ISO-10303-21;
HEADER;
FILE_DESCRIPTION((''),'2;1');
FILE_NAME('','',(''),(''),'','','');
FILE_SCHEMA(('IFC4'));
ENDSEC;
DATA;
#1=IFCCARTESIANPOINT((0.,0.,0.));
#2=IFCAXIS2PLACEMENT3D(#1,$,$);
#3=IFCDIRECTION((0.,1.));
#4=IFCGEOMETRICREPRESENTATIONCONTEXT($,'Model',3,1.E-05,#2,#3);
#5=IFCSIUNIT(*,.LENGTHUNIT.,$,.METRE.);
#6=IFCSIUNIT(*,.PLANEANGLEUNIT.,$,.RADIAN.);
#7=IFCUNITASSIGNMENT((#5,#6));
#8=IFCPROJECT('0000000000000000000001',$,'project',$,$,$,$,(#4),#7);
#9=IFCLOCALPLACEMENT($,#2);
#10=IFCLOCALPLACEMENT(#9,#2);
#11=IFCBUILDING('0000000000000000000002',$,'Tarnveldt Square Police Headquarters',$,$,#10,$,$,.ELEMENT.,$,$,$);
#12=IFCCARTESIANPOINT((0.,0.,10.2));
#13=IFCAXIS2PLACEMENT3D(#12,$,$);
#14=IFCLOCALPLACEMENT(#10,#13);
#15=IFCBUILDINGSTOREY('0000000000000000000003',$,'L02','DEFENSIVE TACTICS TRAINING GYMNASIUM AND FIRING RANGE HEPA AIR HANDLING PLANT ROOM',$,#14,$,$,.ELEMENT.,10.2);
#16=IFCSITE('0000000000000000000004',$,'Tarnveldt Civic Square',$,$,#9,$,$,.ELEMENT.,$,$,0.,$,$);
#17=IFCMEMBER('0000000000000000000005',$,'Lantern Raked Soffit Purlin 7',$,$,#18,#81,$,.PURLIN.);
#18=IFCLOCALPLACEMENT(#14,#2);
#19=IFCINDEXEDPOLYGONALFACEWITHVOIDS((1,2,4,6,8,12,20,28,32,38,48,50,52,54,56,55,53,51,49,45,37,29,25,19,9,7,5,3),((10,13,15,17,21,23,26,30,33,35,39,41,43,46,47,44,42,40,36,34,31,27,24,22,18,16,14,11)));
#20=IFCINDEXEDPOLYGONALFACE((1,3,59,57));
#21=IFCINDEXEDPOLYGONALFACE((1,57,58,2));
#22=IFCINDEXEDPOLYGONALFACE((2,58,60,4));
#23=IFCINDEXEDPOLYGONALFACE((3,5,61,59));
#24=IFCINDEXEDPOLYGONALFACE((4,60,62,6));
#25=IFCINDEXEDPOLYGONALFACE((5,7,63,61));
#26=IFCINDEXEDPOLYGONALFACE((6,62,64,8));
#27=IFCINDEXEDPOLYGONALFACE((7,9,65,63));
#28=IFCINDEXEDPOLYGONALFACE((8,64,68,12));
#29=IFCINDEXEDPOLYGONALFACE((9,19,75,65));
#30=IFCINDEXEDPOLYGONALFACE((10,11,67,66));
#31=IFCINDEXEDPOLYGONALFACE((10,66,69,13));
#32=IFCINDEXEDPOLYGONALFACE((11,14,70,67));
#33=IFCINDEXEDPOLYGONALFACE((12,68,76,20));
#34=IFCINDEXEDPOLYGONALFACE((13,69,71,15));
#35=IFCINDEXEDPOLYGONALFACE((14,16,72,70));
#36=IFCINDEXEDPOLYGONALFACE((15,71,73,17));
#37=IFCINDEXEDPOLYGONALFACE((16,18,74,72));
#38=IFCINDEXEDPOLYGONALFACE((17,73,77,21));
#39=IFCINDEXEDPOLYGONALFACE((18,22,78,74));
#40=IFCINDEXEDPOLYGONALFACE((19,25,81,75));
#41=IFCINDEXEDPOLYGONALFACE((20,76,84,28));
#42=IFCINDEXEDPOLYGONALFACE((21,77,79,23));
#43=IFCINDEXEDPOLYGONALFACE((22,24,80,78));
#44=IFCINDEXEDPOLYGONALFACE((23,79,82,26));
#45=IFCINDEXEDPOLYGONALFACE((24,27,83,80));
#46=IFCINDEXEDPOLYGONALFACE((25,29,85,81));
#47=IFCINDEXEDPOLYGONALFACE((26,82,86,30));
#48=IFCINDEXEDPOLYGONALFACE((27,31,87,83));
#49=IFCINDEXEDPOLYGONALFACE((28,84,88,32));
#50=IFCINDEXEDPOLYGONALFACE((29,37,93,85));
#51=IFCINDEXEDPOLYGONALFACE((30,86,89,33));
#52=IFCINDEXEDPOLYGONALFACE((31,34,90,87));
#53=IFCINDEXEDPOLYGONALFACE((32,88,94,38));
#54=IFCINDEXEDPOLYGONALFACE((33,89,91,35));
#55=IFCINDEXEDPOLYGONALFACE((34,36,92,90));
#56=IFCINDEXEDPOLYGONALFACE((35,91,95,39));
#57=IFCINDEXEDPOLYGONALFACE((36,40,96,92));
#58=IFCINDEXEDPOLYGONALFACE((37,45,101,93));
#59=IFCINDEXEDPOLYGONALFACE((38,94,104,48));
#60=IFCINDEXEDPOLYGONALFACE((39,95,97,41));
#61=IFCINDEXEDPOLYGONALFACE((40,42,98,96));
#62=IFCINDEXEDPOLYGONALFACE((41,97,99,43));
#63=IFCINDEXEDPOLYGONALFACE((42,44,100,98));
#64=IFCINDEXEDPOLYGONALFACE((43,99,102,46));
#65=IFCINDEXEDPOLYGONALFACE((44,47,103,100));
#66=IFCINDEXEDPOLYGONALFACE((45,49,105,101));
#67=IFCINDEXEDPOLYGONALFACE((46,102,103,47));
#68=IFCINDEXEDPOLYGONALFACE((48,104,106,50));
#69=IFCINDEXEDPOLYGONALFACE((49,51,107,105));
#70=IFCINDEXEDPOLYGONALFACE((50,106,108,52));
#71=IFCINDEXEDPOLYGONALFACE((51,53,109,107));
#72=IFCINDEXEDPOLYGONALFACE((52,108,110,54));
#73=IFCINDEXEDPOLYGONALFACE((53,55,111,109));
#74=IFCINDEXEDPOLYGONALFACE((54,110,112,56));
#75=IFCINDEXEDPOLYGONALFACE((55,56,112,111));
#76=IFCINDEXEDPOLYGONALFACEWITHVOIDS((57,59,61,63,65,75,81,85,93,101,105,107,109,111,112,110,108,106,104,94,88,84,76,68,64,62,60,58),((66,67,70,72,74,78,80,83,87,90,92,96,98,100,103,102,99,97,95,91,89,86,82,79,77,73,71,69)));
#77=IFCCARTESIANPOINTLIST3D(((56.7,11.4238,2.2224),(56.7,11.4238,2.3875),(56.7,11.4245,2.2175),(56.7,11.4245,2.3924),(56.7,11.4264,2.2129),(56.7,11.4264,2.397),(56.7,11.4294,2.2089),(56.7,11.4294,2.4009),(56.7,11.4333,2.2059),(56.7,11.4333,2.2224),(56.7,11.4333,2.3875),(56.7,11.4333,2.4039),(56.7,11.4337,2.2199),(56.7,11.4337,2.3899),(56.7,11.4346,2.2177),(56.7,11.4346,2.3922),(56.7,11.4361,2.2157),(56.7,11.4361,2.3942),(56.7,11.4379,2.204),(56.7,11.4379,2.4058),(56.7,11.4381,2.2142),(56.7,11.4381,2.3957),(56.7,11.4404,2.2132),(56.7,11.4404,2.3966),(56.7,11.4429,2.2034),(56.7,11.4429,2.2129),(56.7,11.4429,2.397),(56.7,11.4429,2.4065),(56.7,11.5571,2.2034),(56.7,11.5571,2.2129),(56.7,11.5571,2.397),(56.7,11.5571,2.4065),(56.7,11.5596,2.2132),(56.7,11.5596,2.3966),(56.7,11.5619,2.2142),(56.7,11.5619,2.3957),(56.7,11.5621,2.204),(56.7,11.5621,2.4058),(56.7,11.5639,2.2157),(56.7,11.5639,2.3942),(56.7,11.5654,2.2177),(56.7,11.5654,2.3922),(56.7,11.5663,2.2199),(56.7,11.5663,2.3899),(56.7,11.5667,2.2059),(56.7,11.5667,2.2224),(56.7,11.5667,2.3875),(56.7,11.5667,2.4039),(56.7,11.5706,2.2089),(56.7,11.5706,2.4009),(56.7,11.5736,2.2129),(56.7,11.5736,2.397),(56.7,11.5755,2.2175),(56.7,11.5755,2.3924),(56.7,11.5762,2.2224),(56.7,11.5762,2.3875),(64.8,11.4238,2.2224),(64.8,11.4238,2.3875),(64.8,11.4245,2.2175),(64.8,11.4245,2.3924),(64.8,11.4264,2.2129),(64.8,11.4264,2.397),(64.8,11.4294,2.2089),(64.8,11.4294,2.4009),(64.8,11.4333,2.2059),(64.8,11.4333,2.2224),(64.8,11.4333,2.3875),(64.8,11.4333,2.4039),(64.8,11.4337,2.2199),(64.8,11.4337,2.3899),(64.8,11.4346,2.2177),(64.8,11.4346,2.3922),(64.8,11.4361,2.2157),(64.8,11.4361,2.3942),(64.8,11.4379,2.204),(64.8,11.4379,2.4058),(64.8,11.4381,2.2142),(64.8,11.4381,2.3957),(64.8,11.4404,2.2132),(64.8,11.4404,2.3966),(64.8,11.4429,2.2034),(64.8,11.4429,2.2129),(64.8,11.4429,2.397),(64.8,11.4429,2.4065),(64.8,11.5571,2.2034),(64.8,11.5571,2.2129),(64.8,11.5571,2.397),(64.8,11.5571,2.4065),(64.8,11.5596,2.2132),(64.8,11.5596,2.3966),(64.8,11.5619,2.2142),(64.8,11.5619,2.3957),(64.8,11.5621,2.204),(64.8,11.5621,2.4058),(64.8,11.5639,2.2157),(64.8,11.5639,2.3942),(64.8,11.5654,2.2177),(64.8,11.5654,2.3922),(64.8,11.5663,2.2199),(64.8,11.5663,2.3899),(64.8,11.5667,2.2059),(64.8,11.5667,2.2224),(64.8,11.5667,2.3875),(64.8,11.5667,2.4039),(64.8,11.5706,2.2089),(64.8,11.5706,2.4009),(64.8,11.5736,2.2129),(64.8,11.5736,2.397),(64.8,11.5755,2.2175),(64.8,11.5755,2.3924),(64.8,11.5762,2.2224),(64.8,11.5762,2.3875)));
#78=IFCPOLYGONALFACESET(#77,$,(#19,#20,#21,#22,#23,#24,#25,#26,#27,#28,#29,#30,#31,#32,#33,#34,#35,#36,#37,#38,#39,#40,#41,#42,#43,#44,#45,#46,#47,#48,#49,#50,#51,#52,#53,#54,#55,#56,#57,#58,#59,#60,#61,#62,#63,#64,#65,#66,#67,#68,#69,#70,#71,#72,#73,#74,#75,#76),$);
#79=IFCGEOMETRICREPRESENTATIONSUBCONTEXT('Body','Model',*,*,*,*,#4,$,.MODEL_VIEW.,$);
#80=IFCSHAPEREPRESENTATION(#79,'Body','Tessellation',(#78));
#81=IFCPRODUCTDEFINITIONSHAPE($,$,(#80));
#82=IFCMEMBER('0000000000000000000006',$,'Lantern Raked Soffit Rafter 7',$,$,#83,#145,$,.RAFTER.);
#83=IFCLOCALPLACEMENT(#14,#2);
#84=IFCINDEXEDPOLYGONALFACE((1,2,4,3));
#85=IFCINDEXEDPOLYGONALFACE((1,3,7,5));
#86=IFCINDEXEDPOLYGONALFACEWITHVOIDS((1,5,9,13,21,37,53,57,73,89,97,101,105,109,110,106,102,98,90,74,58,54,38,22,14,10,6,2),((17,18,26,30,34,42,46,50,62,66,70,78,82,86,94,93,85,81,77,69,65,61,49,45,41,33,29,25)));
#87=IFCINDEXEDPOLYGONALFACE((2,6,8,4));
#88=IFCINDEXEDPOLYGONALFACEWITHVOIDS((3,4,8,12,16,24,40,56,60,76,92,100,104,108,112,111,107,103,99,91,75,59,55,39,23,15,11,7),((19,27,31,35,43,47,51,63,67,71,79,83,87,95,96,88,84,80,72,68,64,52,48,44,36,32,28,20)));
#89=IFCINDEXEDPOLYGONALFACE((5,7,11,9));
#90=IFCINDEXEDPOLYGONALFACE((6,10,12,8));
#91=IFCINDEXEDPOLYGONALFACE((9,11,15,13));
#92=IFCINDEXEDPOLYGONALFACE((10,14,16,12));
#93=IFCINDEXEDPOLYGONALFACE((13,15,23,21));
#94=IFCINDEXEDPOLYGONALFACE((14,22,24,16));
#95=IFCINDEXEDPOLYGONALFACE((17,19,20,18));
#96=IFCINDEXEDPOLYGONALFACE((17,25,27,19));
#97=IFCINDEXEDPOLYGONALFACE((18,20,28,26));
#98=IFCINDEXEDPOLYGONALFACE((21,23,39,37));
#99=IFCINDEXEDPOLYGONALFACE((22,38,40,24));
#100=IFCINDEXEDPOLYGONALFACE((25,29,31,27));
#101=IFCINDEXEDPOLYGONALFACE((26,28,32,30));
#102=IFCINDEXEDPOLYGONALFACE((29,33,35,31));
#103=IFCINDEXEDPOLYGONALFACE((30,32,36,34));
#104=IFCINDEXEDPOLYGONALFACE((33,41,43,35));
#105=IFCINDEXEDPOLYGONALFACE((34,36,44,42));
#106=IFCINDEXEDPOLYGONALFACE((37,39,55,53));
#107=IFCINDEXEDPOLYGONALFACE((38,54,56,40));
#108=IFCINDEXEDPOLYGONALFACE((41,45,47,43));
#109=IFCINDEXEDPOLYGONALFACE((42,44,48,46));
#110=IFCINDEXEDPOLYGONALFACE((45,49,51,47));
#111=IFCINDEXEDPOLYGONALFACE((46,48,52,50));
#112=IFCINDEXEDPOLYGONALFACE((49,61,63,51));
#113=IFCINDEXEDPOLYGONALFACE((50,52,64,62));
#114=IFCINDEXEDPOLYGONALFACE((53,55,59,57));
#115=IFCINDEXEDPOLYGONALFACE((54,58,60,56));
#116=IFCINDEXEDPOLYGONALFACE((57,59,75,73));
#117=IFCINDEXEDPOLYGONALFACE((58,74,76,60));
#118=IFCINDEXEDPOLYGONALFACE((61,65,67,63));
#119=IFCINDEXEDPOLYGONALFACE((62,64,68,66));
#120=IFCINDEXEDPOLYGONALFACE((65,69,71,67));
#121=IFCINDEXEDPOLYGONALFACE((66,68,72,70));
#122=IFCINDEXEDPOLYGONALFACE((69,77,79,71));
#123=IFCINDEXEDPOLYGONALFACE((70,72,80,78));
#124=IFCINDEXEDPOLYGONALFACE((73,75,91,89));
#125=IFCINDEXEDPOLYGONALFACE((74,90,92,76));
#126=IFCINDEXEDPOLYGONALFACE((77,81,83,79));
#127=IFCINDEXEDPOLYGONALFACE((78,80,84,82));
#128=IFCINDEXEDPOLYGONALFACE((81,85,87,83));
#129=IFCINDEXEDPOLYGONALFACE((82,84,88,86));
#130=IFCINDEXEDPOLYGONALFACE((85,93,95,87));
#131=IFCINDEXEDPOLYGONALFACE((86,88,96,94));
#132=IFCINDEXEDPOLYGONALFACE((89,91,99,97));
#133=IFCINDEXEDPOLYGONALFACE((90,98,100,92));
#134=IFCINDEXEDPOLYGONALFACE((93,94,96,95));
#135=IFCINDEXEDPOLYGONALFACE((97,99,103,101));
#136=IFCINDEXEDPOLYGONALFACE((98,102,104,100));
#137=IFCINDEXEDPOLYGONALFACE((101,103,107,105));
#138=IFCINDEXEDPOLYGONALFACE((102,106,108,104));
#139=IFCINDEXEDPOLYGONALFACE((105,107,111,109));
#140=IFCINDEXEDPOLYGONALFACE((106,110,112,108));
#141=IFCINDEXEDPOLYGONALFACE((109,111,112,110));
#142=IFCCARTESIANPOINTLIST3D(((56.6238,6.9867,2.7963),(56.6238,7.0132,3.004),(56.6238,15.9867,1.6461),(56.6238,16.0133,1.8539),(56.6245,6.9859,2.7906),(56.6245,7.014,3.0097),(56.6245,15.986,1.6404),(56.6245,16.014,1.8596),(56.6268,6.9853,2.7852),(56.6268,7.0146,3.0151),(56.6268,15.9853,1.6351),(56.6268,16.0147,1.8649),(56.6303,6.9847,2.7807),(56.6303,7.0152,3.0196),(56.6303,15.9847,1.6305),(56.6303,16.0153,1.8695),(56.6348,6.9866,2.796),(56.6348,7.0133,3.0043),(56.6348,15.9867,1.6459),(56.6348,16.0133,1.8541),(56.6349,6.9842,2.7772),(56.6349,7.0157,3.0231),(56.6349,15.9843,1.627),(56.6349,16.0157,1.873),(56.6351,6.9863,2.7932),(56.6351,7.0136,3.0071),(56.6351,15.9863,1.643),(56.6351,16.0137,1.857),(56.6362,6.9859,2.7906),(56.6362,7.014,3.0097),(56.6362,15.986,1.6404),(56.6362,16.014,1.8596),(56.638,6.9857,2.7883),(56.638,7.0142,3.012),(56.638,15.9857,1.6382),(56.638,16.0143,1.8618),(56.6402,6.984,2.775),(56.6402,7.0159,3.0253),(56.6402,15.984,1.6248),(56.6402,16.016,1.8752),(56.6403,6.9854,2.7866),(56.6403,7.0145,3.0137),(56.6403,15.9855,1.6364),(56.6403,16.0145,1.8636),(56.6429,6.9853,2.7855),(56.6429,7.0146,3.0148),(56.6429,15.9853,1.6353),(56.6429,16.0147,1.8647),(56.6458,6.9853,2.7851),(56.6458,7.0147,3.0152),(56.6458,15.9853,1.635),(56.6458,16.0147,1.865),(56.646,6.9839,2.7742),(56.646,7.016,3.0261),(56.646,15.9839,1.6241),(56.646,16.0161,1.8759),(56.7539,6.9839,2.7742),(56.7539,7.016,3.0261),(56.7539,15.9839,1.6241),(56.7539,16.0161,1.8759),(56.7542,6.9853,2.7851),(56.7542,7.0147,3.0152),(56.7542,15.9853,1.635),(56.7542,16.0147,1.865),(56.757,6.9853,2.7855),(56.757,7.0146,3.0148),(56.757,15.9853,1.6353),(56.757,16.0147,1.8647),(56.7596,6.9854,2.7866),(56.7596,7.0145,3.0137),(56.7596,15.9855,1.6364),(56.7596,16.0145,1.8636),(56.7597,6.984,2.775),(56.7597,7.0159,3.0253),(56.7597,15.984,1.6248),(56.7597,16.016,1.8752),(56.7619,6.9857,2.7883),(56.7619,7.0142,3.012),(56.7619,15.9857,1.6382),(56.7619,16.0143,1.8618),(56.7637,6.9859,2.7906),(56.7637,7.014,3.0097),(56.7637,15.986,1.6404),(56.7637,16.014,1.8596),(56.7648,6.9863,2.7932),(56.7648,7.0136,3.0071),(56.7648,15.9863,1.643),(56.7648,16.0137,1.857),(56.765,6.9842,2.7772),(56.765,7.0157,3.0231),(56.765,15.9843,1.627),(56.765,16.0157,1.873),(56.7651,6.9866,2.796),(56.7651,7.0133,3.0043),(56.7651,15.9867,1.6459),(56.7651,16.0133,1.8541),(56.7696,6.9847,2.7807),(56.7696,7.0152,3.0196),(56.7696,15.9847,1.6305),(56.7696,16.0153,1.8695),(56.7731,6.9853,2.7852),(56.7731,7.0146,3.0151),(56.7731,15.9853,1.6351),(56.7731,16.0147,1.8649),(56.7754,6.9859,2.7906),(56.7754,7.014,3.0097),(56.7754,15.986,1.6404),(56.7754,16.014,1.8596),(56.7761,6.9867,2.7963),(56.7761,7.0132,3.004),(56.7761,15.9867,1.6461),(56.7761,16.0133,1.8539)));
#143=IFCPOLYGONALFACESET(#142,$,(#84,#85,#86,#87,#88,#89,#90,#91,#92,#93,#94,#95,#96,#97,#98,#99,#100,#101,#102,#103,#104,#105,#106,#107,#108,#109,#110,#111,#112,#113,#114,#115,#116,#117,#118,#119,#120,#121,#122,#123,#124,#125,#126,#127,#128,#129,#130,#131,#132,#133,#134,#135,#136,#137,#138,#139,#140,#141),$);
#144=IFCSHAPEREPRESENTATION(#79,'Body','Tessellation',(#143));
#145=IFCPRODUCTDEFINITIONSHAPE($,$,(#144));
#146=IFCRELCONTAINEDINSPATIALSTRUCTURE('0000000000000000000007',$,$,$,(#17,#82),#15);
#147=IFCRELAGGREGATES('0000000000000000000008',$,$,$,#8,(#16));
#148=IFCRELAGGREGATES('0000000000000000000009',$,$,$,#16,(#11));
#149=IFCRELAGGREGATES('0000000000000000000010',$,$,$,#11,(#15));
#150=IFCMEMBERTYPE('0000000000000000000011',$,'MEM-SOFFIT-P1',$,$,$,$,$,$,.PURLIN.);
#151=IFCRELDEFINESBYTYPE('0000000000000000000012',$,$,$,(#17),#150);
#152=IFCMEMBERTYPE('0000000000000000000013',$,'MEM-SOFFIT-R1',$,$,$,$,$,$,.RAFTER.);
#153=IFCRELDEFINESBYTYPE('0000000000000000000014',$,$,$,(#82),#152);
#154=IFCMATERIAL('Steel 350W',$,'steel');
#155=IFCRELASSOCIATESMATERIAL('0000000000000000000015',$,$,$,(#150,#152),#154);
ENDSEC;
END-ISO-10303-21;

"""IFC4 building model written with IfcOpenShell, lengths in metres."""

from ifc_helpers import new_model, si_unit, direction, frame, origin, origin_2d, place, context, subcontext, project, spatial, hollow_rectangle, extrude, material, material_profile, profile_set, type_object, element, save


model = new_model("IFC4")

# Units and contexts
model_context = context("Model", 3, precision=1e-05, world=origin(), true_north=direction((0.0, 1.0)))
body_context = subcontext(model_context, "Body", "Model", "MODEL_VIEW")
ifc_project = project(units=[si_unit("LENGTHUNIT", "METRE"), si_unit("PLANEANGLEUNIT", "RADIAN")], contexts=[model_context])

# Site, building, storey
site_placement = place(None, origin())
site = spatial("IfcSite", under=ifc_project, at=site_placement, Name="Tarnveldt Civic Square", CompositionType="ELEMENT", RefElevation=0.0)
building_placement = place(site_placement, origin())
building = spatial("IfcBuilding", under=site, at=building_placement, Name="Tarnveldt Square Police Headquarters", CompositionType="ELEMENT")
storey_placement = place(building_placement, frame((0.0, 0.0, 10.2)))
storey = spatial("IfcBuildingStorey", under=building, at=storey_placement, Name="L02", Description="DEFENSIVE TACTICS TRAINING GYMNASIUM AND FIRING RANGE HEPA AIR HANDLING PLANT ROOM", CompositionType="ELEMENT", Elevation=10.2)

# Members
ifc_material_1 = material(Name="Steel 350W", Category="steel")
ifc_material_profile_1 = material_profile(ifc_material_1, hollow_rectangle(XDim=0.1523, YDim=0.2031, WallThickness=0.0095, InnerFilletRadius=0.0095, OuterFilletRadius=0.019, at=origin_2d()), Name="HSS203x152x9.5")
ifc_profile_set_1 = profile_set([ifc_material_profile_1], Name="Steel 350W")
member_type_1 = type_object("IfcMemberType", Name="MEM-SOFFIT-P1", PredefinedType="PURLIN", material=ifc_profile_set_1)
member_placement = place(storey_placement, frame((56.7, 11.5, 2.3049), z_axis=(1.0, 0.0, 0.0), x_axis=(0.0, 1.0, 0.0)))
element("IfcMember", 1, at=member_placement, inside=storey, type_object=member_type_1, Name="Lantern Raked Soffit Purlin 7", PredefinedType="PURLIN", context=body_context, shape_type="SweptSolid", body=[
    extrude(hollow_rectangle(XDim=0.1523, YDim=0.2031, WallThickness=0.0095, InnerFilletRadius=0.0095, OuterFilletRadius=0.019, at=origin_2d()), origin(), (0.0, 0.0, 1.0), 8.1001),
])
ifc_material_profile_2 = material_profile(ifc_material_1, hollow_rectangle(XDim=0.1523, YDim=0.2539, WallThickness=0.011, InnerFilletRadius=0.011, OuterFilletRadius=0.0222, at=origin_2d()), Name="HSS254x152x11")
ifc_profile_set_2 = profile_set([ifc_material_profile_2], Name="Steel 350W")
member_type_2 = type_object("IfcMemberType", Name="MEM-SOFFIT-R1", PredefinedType="RAFTER", material=ifc_profile_set_2)
for number, where, z_axis, x_axis, name in (
    (2, (56.7, 16.0, 1.75), (0.0, -0.991933, 0.126763), (1.0, 0.0, 0.0), "Lantern Raked Soffit Rafter 7"),
):
    element("IfcMember", number, at=place(storey_placement, frame(where, z_axis=z_axis, x_axis=x_axis)), inside=storey, type_object=member_type_2, Name=name, PredefinedType="RAFTER", context=body_context, shape_type="SweptSolid", body=[
        extrude(hollow_rectangle(XDim=0.1523, YDim=0.2539, WallThickness=0.011, InnerFilletRadius=0.011, OuterFilletRadius=0.0222, at=origin_2d()), origin(), (0.0, 0.0, 1.0), 9.0732),
    ])

save(model, "model.ifc")
